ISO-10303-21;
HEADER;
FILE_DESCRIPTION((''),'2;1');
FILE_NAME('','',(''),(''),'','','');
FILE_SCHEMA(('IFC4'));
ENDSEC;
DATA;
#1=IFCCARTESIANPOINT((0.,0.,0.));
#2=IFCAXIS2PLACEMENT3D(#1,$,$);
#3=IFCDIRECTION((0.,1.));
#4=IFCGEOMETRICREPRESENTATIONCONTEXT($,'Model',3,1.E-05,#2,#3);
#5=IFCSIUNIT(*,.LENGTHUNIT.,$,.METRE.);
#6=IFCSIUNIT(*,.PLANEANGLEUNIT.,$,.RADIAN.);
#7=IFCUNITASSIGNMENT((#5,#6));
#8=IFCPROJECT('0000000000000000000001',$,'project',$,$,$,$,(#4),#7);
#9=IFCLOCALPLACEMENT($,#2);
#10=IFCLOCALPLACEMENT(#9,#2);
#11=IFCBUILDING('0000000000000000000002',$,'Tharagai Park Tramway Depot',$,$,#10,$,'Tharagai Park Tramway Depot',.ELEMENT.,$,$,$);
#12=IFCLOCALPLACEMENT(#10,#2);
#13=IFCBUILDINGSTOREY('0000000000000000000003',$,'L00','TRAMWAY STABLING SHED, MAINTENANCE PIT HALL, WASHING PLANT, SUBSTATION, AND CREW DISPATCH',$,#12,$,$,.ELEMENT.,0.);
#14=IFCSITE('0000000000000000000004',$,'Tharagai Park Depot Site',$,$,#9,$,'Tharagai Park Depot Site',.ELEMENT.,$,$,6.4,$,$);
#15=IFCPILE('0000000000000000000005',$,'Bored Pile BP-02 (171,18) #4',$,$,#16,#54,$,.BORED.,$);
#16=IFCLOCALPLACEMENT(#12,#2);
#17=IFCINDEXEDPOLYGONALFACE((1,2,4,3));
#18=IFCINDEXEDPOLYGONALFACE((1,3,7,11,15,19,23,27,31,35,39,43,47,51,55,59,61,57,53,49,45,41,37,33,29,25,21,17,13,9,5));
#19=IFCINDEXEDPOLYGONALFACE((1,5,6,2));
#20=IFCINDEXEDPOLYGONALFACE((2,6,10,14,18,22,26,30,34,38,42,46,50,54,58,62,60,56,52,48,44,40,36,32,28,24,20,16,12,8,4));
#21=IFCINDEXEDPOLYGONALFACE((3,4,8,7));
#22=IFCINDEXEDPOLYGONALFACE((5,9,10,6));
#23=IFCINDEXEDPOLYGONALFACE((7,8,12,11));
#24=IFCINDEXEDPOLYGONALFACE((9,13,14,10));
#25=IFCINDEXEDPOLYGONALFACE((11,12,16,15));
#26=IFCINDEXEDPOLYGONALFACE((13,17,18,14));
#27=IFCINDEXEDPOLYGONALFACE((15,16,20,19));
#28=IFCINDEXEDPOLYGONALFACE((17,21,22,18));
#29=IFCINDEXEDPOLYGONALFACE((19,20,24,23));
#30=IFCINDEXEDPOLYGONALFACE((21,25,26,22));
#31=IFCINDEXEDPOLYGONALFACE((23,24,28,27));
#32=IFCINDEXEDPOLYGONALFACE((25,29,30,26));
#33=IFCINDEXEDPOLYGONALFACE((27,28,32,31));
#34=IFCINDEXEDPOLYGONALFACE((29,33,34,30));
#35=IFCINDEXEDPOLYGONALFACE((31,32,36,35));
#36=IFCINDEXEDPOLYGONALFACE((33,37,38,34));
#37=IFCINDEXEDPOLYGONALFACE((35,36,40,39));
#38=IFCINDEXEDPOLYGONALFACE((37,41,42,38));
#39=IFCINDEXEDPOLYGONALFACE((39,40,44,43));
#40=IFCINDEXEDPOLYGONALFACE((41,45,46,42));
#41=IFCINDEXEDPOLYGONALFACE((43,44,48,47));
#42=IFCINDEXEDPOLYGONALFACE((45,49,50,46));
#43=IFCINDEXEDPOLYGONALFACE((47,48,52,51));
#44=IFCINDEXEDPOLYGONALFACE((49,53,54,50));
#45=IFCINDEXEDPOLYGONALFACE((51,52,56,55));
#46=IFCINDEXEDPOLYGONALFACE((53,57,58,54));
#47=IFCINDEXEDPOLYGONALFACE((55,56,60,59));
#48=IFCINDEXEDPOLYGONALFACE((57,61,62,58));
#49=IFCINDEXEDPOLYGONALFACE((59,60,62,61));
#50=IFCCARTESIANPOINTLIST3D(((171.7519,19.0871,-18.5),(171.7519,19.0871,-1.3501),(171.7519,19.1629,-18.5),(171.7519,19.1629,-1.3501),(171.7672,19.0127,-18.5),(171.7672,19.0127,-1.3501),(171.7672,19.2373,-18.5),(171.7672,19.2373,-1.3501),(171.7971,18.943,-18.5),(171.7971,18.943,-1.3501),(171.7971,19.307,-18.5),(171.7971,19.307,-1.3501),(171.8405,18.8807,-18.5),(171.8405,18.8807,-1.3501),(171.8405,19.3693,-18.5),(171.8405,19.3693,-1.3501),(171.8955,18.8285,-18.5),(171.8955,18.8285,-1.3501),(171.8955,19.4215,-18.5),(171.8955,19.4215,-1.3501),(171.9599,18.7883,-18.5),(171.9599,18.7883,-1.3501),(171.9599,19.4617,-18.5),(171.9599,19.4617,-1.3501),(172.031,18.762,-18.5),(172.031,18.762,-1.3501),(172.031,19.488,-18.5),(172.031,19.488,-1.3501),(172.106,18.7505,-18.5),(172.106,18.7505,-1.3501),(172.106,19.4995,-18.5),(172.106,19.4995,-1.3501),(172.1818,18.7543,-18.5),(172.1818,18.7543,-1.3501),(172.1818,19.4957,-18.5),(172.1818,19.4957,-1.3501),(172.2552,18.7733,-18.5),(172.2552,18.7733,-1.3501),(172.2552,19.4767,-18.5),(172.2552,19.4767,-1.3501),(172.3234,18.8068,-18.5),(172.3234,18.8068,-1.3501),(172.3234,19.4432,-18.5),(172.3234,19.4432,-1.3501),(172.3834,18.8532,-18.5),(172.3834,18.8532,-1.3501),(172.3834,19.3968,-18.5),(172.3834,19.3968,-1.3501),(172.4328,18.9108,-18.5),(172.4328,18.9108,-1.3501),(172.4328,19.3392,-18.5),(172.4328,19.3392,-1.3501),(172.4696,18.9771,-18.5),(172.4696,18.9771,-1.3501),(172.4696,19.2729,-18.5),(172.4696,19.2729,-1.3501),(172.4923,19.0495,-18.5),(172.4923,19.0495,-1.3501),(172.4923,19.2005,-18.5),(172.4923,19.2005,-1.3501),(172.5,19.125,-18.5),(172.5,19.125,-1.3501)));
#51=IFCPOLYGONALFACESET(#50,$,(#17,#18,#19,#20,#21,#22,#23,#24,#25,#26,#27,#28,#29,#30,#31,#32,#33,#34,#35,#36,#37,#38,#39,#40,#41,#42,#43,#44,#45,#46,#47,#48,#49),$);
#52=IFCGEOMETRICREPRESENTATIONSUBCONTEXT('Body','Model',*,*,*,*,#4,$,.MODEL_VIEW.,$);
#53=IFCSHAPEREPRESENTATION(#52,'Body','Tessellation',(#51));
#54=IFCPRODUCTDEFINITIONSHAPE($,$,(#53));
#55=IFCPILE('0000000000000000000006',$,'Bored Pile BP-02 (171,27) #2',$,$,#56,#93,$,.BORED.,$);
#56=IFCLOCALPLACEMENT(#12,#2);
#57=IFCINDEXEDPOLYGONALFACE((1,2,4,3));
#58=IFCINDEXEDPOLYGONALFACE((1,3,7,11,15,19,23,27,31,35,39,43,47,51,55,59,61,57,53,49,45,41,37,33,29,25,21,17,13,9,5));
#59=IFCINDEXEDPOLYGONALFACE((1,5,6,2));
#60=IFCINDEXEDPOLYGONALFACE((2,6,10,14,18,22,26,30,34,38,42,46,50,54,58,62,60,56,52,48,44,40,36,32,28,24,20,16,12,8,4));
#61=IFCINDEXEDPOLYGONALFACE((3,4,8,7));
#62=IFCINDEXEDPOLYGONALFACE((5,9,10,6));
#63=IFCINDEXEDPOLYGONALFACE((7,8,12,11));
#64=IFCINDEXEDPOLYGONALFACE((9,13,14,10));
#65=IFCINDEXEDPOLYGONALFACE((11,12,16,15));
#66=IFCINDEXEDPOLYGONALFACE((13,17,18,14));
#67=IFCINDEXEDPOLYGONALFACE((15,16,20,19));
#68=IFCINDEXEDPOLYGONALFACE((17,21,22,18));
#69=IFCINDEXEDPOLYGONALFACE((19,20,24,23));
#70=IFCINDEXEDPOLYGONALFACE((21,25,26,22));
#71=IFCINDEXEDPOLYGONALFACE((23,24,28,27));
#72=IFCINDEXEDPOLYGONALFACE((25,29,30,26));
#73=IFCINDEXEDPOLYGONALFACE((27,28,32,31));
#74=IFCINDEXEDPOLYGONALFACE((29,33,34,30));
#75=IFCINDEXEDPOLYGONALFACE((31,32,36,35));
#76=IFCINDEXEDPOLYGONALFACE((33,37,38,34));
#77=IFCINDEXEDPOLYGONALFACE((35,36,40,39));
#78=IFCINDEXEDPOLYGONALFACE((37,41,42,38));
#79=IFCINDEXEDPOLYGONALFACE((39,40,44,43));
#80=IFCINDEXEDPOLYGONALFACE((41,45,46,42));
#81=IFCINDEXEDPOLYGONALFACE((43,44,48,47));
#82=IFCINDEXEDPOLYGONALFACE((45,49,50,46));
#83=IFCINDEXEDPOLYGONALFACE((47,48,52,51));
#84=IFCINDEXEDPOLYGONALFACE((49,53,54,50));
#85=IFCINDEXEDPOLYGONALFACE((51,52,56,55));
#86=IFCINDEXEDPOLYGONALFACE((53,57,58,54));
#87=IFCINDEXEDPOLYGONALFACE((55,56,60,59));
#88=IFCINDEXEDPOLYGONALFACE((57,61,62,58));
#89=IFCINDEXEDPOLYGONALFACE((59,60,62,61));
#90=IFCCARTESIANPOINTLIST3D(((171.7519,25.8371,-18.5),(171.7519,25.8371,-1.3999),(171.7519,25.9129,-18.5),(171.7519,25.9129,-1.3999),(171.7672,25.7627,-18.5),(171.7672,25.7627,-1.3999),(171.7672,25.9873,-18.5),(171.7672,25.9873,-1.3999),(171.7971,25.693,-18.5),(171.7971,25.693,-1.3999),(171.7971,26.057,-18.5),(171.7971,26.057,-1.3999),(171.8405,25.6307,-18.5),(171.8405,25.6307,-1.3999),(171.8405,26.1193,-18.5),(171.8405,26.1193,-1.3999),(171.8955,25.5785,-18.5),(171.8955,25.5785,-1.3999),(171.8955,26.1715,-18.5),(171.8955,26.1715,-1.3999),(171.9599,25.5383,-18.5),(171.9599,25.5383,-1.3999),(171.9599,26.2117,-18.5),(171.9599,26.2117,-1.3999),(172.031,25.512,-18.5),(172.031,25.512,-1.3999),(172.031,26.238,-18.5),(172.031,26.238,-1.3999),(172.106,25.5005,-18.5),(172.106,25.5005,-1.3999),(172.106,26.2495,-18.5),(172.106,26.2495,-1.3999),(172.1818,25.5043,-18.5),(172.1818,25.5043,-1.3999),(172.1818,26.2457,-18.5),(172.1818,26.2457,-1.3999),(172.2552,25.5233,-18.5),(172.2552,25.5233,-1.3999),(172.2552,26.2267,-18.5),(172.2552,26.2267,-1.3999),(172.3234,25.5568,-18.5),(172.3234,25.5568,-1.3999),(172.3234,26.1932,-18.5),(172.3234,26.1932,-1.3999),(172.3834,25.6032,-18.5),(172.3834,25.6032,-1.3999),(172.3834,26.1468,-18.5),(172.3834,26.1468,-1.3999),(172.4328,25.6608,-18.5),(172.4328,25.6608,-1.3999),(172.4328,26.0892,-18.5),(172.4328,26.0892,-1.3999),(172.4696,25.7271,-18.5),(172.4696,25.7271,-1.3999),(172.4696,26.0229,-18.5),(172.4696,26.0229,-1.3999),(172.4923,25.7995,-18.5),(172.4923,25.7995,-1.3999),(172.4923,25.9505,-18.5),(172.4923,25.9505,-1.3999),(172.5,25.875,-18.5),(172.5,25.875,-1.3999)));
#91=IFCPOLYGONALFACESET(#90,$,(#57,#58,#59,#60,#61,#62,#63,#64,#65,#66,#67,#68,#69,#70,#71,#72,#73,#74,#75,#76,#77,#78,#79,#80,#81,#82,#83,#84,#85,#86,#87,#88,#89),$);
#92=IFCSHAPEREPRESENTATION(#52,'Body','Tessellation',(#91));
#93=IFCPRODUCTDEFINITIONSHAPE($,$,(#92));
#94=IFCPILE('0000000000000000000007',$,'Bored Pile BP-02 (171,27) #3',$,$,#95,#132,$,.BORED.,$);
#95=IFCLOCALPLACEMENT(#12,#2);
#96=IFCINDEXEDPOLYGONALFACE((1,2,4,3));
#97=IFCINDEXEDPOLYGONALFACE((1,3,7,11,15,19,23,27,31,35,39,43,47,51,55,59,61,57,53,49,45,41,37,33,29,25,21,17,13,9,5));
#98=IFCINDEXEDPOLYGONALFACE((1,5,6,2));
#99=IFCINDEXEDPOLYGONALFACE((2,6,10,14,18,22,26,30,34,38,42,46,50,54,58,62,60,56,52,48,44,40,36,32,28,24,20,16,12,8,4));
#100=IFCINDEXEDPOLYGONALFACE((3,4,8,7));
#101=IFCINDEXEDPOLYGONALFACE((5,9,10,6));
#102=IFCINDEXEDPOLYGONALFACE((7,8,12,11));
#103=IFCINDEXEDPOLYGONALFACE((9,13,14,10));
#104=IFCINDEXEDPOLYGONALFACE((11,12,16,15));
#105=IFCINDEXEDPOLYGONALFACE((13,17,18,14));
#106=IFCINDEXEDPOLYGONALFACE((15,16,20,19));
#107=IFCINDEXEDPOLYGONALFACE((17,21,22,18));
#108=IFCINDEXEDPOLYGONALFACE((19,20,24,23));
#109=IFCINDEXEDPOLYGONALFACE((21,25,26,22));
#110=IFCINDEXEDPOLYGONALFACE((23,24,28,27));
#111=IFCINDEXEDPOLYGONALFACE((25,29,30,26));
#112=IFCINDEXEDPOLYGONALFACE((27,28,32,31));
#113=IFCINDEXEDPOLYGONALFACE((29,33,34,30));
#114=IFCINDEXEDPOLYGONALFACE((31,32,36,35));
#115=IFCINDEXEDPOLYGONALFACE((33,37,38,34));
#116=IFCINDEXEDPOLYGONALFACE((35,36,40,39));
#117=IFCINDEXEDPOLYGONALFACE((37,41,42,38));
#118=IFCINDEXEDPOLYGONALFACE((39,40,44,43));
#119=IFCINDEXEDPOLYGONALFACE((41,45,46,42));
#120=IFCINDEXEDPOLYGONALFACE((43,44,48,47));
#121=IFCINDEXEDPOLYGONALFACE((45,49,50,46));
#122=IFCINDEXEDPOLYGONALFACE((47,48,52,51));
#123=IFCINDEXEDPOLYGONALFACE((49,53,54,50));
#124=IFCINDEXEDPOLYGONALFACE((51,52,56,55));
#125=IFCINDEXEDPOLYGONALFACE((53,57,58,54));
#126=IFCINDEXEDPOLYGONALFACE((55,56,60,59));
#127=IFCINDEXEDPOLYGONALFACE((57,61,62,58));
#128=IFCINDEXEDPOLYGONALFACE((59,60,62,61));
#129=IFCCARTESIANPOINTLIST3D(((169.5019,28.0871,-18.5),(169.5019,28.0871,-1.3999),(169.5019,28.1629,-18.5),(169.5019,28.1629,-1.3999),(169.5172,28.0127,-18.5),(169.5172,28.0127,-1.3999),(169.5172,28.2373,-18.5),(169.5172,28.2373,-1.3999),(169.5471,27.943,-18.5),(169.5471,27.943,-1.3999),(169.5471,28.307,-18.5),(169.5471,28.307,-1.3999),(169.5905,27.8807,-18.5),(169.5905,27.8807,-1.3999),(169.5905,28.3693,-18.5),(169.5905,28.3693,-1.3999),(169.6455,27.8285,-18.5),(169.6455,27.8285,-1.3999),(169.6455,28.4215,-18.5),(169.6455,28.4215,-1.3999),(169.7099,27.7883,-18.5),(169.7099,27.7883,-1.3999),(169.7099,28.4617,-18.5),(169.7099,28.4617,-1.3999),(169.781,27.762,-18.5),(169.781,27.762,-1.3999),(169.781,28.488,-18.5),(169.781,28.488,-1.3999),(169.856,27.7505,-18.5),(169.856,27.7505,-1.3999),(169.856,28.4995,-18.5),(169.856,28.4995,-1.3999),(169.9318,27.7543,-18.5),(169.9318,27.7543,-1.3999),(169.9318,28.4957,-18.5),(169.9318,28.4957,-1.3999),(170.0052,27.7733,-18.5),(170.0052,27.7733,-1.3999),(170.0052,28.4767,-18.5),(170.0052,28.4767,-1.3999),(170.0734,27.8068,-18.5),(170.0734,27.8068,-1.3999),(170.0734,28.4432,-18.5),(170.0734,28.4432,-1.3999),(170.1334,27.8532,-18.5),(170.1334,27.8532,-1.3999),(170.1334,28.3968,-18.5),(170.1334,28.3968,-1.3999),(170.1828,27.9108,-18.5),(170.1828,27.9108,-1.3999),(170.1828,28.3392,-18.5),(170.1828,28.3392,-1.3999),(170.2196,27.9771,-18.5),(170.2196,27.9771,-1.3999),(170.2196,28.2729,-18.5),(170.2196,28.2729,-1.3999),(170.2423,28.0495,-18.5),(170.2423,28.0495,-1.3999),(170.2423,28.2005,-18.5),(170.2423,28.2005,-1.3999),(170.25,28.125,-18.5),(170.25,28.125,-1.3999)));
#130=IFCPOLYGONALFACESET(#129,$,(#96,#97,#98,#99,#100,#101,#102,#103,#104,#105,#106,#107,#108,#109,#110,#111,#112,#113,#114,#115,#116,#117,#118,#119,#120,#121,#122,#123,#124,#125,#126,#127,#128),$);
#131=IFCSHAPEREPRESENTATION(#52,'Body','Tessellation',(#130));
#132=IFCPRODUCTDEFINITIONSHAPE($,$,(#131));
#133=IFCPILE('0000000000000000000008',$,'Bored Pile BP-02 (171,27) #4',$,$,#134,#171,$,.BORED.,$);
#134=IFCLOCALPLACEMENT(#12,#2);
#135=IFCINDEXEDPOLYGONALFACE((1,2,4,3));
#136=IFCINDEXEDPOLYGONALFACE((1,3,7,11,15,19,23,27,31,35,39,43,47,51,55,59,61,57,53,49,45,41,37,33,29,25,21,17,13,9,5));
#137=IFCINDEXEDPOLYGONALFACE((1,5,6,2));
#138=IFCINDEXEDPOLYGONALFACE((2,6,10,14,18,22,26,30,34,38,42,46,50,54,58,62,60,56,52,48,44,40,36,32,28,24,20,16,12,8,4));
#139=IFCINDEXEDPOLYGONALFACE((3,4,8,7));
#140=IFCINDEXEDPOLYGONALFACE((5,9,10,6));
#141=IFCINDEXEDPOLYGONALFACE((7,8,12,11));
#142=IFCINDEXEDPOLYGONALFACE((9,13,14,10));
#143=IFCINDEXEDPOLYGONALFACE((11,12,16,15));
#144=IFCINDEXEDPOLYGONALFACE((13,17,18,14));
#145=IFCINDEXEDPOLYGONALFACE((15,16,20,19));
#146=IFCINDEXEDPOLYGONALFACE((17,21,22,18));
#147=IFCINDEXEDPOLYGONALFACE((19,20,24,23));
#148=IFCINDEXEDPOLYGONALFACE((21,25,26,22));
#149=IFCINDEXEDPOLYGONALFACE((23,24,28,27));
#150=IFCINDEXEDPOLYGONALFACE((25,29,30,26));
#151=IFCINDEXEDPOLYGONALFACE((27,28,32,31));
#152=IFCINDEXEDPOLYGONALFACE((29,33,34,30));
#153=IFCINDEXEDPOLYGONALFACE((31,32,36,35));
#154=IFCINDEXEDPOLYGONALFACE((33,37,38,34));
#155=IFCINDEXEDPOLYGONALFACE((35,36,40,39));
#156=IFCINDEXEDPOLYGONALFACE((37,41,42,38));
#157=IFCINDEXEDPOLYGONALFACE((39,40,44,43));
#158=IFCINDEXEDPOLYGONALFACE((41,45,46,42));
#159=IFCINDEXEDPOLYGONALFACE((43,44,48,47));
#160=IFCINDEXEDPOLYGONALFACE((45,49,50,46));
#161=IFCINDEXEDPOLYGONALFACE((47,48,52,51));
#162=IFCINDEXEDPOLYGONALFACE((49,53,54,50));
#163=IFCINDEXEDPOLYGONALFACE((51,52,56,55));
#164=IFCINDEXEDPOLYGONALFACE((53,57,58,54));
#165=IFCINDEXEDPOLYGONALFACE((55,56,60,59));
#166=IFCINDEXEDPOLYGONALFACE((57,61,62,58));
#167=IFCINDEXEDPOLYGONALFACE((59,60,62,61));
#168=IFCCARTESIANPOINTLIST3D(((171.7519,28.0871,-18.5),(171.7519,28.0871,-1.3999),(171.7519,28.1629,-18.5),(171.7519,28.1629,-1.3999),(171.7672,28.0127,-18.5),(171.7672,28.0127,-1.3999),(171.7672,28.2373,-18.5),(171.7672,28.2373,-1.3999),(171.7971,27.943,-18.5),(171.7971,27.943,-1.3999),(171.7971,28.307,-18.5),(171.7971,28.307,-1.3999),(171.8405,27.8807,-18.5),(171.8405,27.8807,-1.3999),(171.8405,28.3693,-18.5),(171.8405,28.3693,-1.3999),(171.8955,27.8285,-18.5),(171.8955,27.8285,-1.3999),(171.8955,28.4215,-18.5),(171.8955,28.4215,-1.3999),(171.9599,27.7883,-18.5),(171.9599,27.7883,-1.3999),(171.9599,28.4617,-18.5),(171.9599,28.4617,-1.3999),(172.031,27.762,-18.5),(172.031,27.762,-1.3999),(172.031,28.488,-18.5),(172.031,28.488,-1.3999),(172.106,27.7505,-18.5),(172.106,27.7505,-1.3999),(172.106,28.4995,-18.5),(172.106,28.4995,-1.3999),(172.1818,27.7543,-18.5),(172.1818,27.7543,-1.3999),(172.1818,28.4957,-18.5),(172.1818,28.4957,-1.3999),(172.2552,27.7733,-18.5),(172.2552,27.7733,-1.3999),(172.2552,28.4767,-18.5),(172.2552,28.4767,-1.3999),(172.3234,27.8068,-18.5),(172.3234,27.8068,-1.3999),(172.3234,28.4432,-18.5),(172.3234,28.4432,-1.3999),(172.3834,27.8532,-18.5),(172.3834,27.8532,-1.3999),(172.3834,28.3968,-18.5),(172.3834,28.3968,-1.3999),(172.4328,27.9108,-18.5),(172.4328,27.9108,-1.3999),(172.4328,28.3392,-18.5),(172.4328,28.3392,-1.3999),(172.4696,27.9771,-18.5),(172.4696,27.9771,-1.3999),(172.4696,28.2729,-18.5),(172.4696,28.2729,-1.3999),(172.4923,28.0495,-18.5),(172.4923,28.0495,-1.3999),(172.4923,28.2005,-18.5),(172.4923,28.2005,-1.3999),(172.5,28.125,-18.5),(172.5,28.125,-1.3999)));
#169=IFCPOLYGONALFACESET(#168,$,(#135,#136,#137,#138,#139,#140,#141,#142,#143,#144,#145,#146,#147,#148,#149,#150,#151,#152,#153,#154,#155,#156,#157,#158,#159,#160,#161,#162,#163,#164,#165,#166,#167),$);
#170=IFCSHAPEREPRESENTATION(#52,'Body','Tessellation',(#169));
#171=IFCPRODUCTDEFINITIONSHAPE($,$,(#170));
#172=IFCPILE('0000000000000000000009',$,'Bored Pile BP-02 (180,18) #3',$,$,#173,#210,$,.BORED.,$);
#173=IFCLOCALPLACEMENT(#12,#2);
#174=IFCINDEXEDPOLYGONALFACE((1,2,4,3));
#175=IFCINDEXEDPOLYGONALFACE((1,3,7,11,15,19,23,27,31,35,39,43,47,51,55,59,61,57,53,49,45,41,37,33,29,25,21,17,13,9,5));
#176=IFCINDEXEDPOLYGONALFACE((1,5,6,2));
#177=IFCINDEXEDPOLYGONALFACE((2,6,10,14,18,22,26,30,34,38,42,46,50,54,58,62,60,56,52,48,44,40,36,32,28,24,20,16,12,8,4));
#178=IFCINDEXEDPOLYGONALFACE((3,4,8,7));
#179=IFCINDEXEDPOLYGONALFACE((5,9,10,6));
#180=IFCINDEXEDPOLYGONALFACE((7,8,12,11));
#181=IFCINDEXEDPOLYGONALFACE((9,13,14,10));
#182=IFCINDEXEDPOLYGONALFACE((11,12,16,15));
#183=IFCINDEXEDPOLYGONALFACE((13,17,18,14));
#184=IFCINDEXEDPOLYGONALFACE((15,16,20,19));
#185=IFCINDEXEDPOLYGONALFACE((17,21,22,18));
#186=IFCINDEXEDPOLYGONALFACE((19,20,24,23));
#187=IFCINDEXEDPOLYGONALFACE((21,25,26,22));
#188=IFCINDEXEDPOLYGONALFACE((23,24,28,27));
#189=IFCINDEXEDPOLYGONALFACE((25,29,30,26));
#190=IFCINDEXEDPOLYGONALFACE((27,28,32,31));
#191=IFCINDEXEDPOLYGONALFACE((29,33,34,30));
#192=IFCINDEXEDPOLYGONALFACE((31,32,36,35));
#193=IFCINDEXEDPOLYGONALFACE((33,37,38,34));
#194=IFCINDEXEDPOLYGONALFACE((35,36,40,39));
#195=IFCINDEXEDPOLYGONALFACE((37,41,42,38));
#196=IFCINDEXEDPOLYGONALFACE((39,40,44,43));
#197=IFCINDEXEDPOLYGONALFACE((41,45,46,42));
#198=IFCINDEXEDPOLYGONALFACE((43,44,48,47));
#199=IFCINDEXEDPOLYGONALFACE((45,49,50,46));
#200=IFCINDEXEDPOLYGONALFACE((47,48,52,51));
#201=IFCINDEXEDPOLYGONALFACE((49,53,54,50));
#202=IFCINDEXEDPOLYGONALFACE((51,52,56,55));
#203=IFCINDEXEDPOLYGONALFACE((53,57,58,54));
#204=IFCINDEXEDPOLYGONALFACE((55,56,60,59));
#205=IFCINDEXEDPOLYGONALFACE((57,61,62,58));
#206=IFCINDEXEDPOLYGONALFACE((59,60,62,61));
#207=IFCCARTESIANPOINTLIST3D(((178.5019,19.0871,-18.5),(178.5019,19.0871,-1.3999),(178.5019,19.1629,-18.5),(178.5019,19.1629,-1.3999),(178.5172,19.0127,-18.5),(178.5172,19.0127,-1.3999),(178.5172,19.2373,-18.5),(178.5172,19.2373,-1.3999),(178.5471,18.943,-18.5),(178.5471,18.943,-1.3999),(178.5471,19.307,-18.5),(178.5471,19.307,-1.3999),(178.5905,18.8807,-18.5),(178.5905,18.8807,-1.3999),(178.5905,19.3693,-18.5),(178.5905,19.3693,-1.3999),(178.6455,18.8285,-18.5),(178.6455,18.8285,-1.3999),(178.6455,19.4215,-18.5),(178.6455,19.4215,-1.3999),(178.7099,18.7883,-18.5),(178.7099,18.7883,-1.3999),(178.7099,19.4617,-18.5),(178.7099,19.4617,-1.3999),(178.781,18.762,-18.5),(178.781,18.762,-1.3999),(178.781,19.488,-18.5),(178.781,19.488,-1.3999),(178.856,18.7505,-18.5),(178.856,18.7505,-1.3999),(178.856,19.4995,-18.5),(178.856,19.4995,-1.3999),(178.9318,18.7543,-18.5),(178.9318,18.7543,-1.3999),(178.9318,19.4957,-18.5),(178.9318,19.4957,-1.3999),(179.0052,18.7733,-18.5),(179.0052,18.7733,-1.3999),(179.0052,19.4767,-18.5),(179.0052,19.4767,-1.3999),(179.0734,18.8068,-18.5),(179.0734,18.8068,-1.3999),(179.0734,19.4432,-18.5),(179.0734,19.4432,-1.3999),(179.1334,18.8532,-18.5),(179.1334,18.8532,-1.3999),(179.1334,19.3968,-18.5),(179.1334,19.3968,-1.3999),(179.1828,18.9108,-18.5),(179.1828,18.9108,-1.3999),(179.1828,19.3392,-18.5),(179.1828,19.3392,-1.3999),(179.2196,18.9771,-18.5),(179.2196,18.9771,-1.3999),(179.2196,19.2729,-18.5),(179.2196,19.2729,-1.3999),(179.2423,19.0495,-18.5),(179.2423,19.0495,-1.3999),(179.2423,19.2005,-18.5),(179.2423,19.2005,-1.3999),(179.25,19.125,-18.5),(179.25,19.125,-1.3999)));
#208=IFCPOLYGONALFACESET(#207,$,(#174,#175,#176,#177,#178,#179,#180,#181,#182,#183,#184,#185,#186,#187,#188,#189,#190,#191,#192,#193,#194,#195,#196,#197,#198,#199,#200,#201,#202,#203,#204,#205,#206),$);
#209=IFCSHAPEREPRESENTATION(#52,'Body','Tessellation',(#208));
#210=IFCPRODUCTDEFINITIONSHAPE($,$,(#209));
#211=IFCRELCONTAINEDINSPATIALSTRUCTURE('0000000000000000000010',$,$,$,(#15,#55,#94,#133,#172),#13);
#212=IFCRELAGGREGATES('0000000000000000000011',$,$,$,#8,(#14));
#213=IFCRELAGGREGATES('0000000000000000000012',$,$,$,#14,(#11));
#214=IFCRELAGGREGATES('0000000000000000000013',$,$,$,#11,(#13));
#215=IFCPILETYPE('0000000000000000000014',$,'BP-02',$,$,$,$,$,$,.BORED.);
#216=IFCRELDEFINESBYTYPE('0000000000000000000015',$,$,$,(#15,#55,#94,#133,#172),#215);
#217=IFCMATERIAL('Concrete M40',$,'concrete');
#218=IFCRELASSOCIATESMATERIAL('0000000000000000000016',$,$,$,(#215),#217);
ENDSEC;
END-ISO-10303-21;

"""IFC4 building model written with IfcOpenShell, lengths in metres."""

from ifc_helpers import new_model, si_unit, direction, frame, origin, origin_2d, place, context, subcontext, project, spatial, circle, extrude, material, material_profile, profile_set, type_object, element, save


model = new_model("IFC4")

# Units and contexts
model_context = context("Model", 3, precision=1e-05, world=origin(), true_north=direction((0.0, 1.0)))
body_context = subcontext(model_context, "Body", "Model", "MODEL_VIEW")
ifc_project = project(units=[si_unit("LENGTHUNIT", "METRE"), si_unit("PLANEANGLEUNIT", "RADIAN")], contexts=[model_context])

# Site, building, storey
site_placement = place(None, origin())
site = spatial("IfcSite", under=ifc_project, at=site_placement, Name="Tharagai Park Depot Site", LongName="Tharagai Park Depot Site", CompositionType="ELEMENT", RefElevation=6.4)
building_placement = place(site_placement, origin())
building = spatial("IfcBuilding", under=site, at=building_placement, Name="Tharagai Park Tramway Depot", LongName="Tharagai Park Tramway Depot", CompositionType="ELEMENT")
storey_placement = place(building_placement, origin())
storey = spatial("IfcBuildingStorey", under=building, at=storey_placement, Name="L00", Description="TRAMWAY STABLING SHED, MAINTENANCE PIT HALL, WASHING PLANT, SUBSTATION, AND CREW DISPATCH", CompositionType="ELEMENT", Elevation=0.0)

# Piles
ifc_material_1 = material(Name="Concrete M40", Category="concrete")
ifc_material_profile_1 = material_profile(ifc_material_1, circle(Radius=0.375, at=origin_2d()), Name="PILE D750")
ifc_profile_set_1 = profile_set([ifc_material_profile_1], Name="Concrete M40")
pile_type_1 = type_object("IfcPileType", Name="BP-02", PredefinedType="BORED", material=ifc_profile_set_1)
pile_1_placement = place(storey_placement, frame((172.125, 19.125, -1.3501), z_axis=(0.0, 0.0, -1.0), x_axis=(1.0, 0.0, 0.0)))
element("IfcPile", 1, at=pile_1_placement, inside=storey, type_object=pile_type_1, Name="Bored Pile BP-02 (171,18) #4", PredefinedType="BORED", context=body_context, shape_type="SweptSolid", body=[
    extrude(circle(Radius=0.375, at=origin_2d()), origin(), (0.0, 0.0, 1.0), 17.1499),
])
for number, where, z_axis, x_axis, name in (
    (2, (172.125, 25.875, -1.3999), (0.0, 0.0, -1.0), (1.0, 0.0, 0.0), "Bored Pile BP-02 (171,27) #2"),
    (3, (169.875, 28.125, -1.3999), (0.0, 0.0, -1.0), (1.0, 0.0, 0.0), "Bored Pile BP-02 (171,27) #3"),
    (4, (172.125, 28.125, -1.3999), (0.0, 0.0, -1.0), (1.0, 0.0, 0.0), "Bored Pile BP-02 (171,27) #4"),
    (5, (178.875, 19.125, -1.3999), (0.0, 0.0, -1.0), (1.0, 0.0, 0.0), "Bored Pile BP-02 (180,18) #3"),
):
    element("IfcPile", number, at=place(storey_placement, frame(where, z_axis=z_axis, x_axis=x_axis)), inside=storey, type_object=pile_type_1, Name=name, PredefinedType="BORED", context=body_context, shape_type="SweptSolid", body=[
        extrude(circle(Radius=0.375, at=origin_2d()), origin(), (0.0, 0.0, 1.0), 17.1001),
    ])

save(model, "model.ifc")
